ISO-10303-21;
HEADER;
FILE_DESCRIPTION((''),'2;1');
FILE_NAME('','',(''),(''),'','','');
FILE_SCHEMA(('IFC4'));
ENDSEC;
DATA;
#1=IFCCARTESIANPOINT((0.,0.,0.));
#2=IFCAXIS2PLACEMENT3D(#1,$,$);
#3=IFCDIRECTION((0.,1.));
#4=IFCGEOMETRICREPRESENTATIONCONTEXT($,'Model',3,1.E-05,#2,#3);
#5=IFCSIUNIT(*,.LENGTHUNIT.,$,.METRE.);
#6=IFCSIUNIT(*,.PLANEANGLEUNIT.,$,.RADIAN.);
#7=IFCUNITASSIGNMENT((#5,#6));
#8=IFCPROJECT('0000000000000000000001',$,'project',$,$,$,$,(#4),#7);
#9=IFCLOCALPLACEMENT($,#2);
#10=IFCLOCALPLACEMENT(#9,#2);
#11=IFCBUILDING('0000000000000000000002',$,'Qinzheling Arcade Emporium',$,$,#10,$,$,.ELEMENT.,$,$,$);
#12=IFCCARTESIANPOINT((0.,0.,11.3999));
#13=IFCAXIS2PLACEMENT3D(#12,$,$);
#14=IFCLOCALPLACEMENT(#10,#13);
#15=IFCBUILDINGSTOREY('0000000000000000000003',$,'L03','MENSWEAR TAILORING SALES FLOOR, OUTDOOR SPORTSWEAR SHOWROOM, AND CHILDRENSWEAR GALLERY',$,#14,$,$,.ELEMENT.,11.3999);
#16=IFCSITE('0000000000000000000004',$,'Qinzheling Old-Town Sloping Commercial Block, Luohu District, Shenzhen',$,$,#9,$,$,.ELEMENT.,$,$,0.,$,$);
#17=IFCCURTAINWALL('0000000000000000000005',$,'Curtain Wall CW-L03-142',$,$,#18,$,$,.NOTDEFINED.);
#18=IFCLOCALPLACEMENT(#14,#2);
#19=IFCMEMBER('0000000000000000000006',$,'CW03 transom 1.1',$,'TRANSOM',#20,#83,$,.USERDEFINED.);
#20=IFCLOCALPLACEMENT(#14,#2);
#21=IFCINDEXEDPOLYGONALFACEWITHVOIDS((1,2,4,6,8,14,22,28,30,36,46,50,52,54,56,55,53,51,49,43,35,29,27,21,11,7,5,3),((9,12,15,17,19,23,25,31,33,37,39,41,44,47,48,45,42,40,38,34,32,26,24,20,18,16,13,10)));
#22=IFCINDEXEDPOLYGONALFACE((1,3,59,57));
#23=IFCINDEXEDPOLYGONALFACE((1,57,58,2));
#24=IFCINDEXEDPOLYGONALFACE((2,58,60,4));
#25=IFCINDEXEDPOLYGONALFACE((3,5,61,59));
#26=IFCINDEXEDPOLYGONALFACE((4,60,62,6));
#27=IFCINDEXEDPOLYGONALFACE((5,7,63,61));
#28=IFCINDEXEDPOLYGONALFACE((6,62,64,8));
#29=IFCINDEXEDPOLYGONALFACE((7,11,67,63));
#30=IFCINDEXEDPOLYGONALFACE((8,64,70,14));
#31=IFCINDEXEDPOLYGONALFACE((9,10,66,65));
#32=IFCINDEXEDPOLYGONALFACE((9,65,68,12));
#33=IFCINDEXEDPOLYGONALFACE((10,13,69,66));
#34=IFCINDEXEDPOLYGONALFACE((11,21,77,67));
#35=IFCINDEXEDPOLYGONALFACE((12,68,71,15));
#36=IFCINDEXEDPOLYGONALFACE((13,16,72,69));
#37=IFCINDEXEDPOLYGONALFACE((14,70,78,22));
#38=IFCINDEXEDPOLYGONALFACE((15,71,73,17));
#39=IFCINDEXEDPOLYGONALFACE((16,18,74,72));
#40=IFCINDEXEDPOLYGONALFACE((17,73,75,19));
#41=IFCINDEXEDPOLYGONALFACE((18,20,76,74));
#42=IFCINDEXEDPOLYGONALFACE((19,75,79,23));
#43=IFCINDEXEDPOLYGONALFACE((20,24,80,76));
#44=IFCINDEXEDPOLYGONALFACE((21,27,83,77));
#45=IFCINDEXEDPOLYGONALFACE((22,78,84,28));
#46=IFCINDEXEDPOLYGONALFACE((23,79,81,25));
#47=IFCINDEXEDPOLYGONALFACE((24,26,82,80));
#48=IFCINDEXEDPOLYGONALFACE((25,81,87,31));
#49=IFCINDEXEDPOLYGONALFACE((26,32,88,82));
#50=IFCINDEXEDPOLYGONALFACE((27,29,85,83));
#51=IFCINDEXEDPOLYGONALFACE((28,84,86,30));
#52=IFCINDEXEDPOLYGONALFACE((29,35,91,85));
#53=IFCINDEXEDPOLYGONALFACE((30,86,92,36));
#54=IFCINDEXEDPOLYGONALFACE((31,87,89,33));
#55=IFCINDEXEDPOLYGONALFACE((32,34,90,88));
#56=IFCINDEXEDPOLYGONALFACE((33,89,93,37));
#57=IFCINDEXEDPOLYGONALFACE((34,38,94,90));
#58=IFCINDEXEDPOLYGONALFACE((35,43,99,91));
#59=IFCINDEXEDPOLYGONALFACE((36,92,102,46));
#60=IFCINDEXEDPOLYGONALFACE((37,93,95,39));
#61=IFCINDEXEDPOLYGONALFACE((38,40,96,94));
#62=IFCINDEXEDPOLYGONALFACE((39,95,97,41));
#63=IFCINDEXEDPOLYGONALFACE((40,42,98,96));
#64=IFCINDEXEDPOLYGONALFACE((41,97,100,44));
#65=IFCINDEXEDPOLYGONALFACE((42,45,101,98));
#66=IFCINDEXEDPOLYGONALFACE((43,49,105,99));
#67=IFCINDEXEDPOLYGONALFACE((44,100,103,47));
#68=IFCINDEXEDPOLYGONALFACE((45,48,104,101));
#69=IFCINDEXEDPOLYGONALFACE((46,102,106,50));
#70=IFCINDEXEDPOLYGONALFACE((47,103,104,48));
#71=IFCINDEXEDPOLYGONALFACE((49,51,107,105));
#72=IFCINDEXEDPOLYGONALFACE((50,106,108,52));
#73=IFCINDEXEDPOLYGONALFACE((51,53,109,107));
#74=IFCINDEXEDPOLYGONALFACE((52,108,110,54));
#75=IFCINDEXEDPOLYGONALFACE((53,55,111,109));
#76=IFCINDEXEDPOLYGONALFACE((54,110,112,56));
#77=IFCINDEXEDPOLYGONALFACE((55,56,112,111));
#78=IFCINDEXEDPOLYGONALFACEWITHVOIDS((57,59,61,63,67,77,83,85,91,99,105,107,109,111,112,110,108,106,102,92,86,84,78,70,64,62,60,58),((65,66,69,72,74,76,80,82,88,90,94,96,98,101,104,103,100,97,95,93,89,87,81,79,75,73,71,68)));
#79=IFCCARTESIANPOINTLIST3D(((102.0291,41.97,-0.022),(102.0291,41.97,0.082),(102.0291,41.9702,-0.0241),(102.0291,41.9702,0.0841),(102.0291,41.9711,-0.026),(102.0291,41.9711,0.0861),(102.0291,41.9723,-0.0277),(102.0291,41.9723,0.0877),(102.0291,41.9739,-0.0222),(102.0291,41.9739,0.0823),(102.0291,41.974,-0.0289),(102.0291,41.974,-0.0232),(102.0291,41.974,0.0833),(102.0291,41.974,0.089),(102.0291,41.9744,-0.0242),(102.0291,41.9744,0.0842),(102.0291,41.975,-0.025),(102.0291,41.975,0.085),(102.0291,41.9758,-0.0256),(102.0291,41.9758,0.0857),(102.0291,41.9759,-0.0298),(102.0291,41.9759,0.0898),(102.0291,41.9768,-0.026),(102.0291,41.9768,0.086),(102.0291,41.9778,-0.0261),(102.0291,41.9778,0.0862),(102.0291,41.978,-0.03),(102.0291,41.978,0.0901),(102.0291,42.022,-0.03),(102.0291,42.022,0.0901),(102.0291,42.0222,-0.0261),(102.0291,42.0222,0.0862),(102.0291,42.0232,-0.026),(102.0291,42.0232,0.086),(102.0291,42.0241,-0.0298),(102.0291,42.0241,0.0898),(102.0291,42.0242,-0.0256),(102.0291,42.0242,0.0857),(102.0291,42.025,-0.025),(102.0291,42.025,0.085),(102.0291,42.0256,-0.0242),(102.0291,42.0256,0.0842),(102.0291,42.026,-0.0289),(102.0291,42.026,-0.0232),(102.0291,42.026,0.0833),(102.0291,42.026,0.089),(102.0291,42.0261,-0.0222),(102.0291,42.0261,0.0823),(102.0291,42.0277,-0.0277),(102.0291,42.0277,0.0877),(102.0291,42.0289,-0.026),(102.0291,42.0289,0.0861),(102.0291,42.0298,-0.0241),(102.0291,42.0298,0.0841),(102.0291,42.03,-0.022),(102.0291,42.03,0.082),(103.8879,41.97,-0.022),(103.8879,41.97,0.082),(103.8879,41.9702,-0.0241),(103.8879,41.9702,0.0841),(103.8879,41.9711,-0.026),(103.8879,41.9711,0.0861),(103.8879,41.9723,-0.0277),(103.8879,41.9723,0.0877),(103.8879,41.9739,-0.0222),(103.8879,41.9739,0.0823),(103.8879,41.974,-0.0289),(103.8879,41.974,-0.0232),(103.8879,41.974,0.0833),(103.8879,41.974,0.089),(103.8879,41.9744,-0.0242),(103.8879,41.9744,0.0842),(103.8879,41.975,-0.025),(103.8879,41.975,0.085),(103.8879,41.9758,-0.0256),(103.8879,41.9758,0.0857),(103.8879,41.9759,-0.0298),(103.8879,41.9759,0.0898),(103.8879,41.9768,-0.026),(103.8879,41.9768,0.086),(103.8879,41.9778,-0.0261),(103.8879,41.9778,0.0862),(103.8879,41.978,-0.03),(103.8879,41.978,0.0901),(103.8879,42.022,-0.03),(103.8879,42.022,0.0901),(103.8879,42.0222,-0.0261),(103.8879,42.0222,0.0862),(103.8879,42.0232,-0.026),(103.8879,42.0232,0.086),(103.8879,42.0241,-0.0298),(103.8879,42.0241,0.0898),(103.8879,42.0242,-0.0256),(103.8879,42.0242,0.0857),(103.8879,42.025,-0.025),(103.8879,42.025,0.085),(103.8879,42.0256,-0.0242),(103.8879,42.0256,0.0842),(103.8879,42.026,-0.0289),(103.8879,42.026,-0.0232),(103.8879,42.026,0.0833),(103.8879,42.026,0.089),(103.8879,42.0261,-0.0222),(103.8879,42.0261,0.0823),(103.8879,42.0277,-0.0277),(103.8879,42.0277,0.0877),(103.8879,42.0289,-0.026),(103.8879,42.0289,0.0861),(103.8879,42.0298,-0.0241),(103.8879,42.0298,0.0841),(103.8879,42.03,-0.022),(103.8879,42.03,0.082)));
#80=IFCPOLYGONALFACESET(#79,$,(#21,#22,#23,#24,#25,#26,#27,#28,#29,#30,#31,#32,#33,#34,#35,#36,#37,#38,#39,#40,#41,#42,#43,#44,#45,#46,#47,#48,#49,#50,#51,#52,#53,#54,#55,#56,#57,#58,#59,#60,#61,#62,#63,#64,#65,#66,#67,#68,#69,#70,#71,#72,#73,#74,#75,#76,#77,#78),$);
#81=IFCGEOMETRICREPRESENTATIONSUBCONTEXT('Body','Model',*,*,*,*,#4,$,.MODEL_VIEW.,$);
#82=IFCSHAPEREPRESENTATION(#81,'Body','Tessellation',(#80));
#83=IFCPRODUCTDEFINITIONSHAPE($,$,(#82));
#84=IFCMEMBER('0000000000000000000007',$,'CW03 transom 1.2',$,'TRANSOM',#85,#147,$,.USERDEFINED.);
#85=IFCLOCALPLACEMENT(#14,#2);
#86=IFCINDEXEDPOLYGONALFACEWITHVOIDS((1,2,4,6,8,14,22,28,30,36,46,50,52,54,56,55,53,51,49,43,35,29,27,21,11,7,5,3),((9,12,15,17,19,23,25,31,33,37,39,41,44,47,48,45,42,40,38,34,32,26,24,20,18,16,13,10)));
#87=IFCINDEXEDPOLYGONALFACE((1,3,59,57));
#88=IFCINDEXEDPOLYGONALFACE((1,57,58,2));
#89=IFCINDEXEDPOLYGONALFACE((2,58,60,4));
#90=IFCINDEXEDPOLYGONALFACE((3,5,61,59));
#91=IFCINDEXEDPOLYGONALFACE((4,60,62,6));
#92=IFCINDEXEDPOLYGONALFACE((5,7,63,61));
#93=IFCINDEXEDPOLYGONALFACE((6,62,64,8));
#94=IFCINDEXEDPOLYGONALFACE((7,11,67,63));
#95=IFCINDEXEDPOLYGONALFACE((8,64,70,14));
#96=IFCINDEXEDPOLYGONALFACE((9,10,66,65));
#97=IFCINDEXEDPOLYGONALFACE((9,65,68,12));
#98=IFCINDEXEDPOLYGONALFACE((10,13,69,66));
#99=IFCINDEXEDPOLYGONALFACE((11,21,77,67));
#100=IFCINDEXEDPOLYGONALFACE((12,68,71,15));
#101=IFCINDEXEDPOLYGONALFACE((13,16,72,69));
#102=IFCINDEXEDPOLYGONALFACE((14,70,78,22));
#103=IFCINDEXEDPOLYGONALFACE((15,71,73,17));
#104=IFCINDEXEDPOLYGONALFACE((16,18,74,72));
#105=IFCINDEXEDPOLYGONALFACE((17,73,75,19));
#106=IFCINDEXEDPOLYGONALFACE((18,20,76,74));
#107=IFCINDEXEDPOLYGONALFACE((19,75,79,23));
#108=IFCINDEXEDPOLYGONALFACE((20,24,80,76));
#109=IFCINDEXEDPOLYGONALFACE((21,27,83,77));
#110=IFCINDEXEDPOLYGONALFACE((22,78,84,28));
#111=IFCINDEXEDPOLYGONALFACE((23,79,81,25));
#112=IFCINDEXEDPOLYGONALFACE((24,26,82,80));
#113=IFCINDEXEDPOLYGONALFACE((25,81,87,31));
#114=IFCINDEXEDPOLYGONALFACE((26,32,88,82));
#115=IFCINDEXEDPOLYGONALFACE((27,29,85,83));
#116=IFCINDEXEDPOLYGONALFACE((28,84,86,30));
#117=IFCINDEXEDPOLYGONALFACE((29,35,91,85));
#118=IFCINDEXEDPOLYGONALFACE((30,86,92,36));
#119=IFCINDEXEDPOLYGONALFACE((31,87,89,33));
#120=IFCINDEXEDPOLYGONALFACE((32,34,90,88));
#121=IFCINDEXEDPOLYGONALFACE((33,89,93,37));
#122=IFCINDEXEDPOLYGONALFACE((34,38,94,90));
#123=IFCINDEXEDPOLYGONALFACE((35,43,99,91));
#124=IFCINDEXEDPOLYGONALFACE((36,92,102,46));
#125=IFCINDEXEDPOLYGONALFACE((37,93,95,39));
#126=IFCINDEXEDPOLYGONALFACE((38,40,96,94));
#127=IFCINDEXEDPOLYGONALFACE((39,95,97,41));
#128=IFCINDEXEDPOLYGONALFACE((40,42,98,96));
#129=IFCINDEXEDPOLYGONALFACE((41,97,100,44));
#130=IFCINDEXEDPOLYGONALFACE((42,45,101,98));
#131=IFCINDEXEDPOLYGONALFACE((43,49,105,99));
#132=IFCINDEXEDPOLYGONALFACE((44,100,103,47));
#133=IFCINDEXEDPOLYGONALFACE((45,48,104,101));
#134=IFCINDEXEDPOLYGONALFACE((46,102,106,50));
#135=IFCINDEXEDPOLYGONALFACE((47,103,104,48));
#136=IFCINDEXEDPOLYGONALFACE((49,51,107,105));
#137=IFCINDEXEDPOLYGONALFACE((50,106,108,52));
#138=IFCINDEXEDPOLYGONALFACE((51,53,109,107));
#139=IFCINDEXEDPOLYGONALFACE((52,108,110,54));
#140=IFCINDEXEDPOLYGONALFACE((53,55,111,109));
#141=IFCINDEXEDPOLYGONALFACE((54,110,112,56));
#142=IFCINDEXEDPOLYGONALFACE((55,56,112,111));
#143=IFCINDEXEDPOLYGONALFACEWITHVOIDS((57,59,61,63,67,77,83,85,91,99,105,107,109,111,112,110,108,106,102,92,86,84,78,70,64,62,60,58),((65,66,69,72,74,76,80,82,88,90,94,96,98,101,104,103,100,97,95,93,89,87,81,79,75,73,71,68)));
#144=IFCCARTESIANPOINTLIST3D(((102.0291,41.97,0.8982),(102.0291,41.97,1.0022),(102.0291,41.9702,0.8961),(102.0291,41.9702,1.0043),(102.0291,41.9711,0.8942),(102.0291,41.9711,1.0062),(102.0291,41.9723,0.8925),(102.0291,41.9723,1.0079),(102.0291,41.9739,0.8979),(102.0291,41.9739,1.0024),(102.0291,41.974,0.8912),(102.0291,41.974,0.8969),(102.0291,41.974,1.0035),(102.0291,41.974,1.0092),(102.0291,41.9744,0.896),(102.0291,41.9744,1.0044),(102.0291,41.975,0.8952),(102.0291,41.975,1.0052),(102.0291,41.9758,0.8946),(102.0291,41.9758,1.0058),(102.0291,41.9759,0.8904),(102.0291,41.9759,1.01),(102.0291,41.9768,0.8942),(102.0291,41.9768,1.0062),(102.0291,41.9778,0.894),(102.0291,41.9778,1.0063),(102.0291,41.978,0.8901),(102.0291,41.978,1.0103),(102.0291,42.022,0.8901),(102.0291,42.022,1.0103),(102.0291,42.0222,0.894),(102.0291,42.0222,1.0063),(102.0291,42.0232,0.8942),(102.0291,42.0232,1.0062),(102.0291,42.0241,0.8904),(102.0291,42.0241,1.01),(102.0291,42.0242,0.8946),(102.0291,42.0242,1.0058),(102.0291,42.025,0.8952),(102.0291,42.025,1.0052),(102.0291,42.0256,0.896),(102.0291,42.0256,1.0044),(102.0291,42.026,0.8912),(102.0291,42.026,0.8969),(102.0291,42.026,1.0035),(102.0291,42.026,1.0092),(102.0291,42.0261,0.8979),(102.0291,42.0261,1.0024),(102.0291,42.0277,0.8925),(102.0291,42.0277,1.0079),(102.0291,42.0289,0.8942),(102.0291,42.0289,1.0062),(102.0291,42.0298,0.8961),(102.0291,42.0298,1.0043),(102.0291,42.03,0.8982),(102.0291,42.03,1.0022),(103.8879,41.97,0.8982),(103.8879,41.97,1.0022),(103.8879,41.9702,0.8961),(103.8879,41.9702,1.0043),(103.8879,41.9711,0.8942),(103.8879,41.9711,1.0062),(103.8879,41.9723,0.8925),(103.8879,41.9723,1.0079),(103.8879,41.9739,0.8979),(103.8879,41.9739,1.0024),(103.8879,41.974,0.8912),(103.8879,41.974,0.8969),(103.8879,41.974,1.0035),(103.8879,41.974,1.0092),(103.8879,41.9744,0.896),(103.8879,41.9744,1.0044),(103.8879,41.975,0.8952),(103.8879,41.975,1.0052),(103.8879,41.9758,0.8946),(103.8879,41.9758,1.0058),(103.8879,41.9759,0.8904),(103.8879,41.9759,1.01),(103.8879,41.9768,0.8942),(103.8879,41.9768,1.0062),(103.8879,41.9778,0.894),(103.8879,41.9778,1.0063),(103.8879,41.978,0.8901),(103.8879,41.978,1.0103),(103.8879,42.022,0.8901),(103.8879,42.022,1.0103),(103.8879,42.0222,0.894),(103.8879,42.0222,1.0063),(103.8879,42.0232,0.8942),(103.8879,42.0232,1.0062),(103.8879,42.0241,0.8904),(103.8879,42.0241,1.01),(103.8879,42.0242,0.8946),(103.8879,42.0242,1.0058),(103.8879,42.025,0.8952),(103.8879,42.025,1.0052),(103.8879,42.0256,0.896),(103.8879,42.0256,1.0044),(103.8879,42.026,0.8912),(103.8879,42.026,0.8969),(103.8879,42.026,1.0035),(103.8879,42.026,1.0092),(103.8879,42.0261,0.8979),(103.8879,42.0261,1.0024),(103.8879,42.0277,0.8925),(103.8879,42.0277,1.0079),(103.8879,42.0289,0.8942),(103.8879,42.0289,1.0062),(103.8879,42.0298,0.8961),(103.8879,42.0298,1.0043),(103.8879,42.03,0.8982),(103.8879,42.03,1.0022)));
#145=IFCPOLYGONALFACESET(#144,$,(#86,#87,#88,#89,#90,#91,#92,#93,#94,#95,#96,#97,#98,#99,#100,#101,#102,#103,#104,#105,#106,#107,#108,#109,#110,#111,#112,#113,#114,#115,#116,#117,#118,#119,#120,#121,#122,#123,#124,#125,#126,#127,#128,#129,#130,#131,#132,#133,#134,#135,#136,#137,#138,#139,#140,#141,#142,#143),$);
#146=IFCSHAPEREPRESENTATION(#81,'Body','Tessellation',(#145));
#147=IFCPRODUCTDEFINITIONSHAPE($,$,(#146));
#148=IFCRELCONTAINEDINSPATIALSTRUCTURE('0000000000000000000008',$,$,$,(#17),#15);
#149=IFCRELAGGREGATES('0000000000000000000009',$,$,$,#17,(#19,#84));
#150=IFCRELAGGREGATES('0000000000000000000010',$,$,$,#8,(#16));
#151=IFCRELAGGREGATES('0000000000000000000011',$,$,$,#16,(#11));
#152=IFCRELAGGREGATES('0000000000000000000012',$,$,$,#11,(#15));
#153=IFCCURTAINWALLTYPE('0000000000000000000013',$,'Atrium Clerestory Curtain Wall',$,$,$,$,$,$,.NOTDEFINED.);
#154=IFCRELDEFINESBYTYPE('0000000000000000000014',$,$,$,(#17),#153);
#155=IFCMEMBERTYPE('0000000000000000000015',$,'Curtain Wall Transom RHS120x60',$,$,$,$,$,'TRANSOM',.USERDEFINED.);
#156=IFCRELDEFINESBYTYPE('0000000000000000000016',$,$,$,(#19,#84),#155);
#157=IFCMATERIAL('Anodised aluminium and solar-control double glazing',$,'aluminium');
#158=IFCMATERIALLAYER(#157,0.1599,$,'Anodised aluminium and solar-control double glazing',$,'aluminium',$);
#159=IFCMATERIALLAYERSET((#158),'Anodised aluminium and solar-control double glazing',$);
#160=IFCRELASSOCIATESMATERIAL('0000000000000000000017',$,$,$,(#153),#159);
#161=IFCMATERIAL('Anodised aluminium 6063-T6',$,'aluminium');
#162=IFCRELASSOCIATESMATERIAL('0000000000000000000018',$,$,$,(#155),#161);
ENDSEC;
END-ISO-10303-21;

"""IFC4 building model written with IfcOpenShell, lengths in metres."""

from ifc_helpers import new_model, si_unit, direction, frame, origin, origin_2d, place, context, subcontext, project, spatial, hollow_rectangle, extrude, material, layer, layer_set, material_profile, profile_set, type_object, element, aggregate, save


model = new_model("IFC4")

# Units and contexts
model_context = context("Model", 3, precision=1e-05, world=origin(), true_north=direction((0.0, 1.0)))
body_context = subcontext(model_context, "Body", "Model", "MODEL_VIEW")
ifc_project = project(units=[si_unit("LENGTHUNIT", "METRE"), si_unit("PLANEANGLEUNIT", "RADIAN")], contexts=[model_context])

# Site, building, storey
site_placement = place(None, origin())
site = spatial("IfcSite", under=ifc_project, at=site_placement, Name="Qinzheling Old-Town Sloping Commercial Block, Luohu District, Shenzhen", CompositionType="ELEMENT", RefElevation=0.0)
building_placement = place(site_placement, origin())
building = spatial("IfcBuilding", under=site, at=building_placement, Name="Qinzheling Arcade Emporium", CompositionType="ELEMENT")
storey_placement = place(building_placement, frame((0.0, 0.0, 11.3999)))
storey = spatial("IfcBuildingStorey", under=building, at=storey_placement, Name="L03", Description="MENSWEAR TAILORING SALES FLOOR, OUTDOOR SPORTSWEAR SHOWROOM, AND CHILDRENSWEAR GALLERY", CompositionType="ELEMENT", Elevation=11.3999)

# Curtain wall, members
ifc_material_1 = material(Name="Anodised aluminium and solar-control double glazing", Category="aluminium")
ifc_layer_1 = layer(ifc_material_1, 0.1599, Name="Anodised aluminium and solar-control double glazing", Category="aluminium")
ifc_layer_set_1 = layer_set([ifc_layer_1], Name="Anodised aluminium and solar-control double glazing")
curtain_wall_type = type_object("IfcCurtainWallType", Name="Atrium Clerestory Curtain Wall", PredefinedType="NOTDEFINED", material=ifc_layer_set_1)
curtain_wall_placement = place(storey_placement, origin())
curtain_wall = element("IfcCurtainWall", 1, at=curtain_wall_placement, inside=storey, type_object=curtain_wall_type, Name="Curtain Wall CW-L03-142", PredefinedType="NOTDEFINED")
ifc_material_2 = material(Name="Anodised aluminium 6063-T6", Category="aluminium")
ifc_material_profile_1 = material_profile(ifc_material_2, hollow_rectangle(XDim=0.0601, YDim=0.1201, WallThickness=0.0039, InnerFilletRadius=0.0039, OuterFilletRadius=0.0081, at=origin_2d()), Name="RHS 120x60x4", Category="aluminium")
ifc_profile_set_1 = profile_set([ifc_material_profile_1], Name="Anodised aluminium 6063-T6")
member_type_1 = type_object("IfcMemberType", Name="Curtain Wall Transom RHS120x60", ElementType="TRANSOM", PredefinedType="USERDEFINED", material=ifc_profile_set_1)
member_1_placement = place(storey_placement, frame((103.8879, 42.0, 0.03), z_axis=(-1.0, 0.0, 0.0), x_axis=(0.0, -1.0, 0.0)))
member_1 = element("IfcMember", 2, at=member_1_placement, type_object=member_type_1, Name="CW03 transom 1.1", ObjectType="TRANSOM", PredefinedType="USERDEFINED", context=body_context, shape_type="SweptSolid", body=[
    extrude(hollow_rectangle(XDim=0.0601, YDim=0.1201, WallThickness=0.0039, InnerFilletRadius=0.0039, OuterFilletRadius=0.0081, at=origin_2d()), origin(), (0.0, 0.0, 1.0), 1.8589),
])
member_2_placement = place(storey_placement, frame((103.8879, 42.0, 0.9502), z_axis=(-1.0, 0.0, 0.0), x_axis=(0.0, -1.0, 0.0)))
member_2 = element("IfcMember", 3, at=member_2_placement, type_object=member_type_1, Name="CW03 transom 1.2", ObjectType="TRANSOM", PredefinedType="USERDEFINED", context=body_context, shape_type="SweptSolid", body=[
    extrude(hollow_rectangle(XDim=0.0601, YDim=0.1201, WallThickness=0.0039, InnerFilletRadius=0.0039, OuterFilletRadius=0.0081, at=origin_2d()), origin(), (0.0, 0.0, 1.0), 1.8589),
])

aggregate(curtain_wall, [member_1, member_2])

save(model, "model.ifc")
